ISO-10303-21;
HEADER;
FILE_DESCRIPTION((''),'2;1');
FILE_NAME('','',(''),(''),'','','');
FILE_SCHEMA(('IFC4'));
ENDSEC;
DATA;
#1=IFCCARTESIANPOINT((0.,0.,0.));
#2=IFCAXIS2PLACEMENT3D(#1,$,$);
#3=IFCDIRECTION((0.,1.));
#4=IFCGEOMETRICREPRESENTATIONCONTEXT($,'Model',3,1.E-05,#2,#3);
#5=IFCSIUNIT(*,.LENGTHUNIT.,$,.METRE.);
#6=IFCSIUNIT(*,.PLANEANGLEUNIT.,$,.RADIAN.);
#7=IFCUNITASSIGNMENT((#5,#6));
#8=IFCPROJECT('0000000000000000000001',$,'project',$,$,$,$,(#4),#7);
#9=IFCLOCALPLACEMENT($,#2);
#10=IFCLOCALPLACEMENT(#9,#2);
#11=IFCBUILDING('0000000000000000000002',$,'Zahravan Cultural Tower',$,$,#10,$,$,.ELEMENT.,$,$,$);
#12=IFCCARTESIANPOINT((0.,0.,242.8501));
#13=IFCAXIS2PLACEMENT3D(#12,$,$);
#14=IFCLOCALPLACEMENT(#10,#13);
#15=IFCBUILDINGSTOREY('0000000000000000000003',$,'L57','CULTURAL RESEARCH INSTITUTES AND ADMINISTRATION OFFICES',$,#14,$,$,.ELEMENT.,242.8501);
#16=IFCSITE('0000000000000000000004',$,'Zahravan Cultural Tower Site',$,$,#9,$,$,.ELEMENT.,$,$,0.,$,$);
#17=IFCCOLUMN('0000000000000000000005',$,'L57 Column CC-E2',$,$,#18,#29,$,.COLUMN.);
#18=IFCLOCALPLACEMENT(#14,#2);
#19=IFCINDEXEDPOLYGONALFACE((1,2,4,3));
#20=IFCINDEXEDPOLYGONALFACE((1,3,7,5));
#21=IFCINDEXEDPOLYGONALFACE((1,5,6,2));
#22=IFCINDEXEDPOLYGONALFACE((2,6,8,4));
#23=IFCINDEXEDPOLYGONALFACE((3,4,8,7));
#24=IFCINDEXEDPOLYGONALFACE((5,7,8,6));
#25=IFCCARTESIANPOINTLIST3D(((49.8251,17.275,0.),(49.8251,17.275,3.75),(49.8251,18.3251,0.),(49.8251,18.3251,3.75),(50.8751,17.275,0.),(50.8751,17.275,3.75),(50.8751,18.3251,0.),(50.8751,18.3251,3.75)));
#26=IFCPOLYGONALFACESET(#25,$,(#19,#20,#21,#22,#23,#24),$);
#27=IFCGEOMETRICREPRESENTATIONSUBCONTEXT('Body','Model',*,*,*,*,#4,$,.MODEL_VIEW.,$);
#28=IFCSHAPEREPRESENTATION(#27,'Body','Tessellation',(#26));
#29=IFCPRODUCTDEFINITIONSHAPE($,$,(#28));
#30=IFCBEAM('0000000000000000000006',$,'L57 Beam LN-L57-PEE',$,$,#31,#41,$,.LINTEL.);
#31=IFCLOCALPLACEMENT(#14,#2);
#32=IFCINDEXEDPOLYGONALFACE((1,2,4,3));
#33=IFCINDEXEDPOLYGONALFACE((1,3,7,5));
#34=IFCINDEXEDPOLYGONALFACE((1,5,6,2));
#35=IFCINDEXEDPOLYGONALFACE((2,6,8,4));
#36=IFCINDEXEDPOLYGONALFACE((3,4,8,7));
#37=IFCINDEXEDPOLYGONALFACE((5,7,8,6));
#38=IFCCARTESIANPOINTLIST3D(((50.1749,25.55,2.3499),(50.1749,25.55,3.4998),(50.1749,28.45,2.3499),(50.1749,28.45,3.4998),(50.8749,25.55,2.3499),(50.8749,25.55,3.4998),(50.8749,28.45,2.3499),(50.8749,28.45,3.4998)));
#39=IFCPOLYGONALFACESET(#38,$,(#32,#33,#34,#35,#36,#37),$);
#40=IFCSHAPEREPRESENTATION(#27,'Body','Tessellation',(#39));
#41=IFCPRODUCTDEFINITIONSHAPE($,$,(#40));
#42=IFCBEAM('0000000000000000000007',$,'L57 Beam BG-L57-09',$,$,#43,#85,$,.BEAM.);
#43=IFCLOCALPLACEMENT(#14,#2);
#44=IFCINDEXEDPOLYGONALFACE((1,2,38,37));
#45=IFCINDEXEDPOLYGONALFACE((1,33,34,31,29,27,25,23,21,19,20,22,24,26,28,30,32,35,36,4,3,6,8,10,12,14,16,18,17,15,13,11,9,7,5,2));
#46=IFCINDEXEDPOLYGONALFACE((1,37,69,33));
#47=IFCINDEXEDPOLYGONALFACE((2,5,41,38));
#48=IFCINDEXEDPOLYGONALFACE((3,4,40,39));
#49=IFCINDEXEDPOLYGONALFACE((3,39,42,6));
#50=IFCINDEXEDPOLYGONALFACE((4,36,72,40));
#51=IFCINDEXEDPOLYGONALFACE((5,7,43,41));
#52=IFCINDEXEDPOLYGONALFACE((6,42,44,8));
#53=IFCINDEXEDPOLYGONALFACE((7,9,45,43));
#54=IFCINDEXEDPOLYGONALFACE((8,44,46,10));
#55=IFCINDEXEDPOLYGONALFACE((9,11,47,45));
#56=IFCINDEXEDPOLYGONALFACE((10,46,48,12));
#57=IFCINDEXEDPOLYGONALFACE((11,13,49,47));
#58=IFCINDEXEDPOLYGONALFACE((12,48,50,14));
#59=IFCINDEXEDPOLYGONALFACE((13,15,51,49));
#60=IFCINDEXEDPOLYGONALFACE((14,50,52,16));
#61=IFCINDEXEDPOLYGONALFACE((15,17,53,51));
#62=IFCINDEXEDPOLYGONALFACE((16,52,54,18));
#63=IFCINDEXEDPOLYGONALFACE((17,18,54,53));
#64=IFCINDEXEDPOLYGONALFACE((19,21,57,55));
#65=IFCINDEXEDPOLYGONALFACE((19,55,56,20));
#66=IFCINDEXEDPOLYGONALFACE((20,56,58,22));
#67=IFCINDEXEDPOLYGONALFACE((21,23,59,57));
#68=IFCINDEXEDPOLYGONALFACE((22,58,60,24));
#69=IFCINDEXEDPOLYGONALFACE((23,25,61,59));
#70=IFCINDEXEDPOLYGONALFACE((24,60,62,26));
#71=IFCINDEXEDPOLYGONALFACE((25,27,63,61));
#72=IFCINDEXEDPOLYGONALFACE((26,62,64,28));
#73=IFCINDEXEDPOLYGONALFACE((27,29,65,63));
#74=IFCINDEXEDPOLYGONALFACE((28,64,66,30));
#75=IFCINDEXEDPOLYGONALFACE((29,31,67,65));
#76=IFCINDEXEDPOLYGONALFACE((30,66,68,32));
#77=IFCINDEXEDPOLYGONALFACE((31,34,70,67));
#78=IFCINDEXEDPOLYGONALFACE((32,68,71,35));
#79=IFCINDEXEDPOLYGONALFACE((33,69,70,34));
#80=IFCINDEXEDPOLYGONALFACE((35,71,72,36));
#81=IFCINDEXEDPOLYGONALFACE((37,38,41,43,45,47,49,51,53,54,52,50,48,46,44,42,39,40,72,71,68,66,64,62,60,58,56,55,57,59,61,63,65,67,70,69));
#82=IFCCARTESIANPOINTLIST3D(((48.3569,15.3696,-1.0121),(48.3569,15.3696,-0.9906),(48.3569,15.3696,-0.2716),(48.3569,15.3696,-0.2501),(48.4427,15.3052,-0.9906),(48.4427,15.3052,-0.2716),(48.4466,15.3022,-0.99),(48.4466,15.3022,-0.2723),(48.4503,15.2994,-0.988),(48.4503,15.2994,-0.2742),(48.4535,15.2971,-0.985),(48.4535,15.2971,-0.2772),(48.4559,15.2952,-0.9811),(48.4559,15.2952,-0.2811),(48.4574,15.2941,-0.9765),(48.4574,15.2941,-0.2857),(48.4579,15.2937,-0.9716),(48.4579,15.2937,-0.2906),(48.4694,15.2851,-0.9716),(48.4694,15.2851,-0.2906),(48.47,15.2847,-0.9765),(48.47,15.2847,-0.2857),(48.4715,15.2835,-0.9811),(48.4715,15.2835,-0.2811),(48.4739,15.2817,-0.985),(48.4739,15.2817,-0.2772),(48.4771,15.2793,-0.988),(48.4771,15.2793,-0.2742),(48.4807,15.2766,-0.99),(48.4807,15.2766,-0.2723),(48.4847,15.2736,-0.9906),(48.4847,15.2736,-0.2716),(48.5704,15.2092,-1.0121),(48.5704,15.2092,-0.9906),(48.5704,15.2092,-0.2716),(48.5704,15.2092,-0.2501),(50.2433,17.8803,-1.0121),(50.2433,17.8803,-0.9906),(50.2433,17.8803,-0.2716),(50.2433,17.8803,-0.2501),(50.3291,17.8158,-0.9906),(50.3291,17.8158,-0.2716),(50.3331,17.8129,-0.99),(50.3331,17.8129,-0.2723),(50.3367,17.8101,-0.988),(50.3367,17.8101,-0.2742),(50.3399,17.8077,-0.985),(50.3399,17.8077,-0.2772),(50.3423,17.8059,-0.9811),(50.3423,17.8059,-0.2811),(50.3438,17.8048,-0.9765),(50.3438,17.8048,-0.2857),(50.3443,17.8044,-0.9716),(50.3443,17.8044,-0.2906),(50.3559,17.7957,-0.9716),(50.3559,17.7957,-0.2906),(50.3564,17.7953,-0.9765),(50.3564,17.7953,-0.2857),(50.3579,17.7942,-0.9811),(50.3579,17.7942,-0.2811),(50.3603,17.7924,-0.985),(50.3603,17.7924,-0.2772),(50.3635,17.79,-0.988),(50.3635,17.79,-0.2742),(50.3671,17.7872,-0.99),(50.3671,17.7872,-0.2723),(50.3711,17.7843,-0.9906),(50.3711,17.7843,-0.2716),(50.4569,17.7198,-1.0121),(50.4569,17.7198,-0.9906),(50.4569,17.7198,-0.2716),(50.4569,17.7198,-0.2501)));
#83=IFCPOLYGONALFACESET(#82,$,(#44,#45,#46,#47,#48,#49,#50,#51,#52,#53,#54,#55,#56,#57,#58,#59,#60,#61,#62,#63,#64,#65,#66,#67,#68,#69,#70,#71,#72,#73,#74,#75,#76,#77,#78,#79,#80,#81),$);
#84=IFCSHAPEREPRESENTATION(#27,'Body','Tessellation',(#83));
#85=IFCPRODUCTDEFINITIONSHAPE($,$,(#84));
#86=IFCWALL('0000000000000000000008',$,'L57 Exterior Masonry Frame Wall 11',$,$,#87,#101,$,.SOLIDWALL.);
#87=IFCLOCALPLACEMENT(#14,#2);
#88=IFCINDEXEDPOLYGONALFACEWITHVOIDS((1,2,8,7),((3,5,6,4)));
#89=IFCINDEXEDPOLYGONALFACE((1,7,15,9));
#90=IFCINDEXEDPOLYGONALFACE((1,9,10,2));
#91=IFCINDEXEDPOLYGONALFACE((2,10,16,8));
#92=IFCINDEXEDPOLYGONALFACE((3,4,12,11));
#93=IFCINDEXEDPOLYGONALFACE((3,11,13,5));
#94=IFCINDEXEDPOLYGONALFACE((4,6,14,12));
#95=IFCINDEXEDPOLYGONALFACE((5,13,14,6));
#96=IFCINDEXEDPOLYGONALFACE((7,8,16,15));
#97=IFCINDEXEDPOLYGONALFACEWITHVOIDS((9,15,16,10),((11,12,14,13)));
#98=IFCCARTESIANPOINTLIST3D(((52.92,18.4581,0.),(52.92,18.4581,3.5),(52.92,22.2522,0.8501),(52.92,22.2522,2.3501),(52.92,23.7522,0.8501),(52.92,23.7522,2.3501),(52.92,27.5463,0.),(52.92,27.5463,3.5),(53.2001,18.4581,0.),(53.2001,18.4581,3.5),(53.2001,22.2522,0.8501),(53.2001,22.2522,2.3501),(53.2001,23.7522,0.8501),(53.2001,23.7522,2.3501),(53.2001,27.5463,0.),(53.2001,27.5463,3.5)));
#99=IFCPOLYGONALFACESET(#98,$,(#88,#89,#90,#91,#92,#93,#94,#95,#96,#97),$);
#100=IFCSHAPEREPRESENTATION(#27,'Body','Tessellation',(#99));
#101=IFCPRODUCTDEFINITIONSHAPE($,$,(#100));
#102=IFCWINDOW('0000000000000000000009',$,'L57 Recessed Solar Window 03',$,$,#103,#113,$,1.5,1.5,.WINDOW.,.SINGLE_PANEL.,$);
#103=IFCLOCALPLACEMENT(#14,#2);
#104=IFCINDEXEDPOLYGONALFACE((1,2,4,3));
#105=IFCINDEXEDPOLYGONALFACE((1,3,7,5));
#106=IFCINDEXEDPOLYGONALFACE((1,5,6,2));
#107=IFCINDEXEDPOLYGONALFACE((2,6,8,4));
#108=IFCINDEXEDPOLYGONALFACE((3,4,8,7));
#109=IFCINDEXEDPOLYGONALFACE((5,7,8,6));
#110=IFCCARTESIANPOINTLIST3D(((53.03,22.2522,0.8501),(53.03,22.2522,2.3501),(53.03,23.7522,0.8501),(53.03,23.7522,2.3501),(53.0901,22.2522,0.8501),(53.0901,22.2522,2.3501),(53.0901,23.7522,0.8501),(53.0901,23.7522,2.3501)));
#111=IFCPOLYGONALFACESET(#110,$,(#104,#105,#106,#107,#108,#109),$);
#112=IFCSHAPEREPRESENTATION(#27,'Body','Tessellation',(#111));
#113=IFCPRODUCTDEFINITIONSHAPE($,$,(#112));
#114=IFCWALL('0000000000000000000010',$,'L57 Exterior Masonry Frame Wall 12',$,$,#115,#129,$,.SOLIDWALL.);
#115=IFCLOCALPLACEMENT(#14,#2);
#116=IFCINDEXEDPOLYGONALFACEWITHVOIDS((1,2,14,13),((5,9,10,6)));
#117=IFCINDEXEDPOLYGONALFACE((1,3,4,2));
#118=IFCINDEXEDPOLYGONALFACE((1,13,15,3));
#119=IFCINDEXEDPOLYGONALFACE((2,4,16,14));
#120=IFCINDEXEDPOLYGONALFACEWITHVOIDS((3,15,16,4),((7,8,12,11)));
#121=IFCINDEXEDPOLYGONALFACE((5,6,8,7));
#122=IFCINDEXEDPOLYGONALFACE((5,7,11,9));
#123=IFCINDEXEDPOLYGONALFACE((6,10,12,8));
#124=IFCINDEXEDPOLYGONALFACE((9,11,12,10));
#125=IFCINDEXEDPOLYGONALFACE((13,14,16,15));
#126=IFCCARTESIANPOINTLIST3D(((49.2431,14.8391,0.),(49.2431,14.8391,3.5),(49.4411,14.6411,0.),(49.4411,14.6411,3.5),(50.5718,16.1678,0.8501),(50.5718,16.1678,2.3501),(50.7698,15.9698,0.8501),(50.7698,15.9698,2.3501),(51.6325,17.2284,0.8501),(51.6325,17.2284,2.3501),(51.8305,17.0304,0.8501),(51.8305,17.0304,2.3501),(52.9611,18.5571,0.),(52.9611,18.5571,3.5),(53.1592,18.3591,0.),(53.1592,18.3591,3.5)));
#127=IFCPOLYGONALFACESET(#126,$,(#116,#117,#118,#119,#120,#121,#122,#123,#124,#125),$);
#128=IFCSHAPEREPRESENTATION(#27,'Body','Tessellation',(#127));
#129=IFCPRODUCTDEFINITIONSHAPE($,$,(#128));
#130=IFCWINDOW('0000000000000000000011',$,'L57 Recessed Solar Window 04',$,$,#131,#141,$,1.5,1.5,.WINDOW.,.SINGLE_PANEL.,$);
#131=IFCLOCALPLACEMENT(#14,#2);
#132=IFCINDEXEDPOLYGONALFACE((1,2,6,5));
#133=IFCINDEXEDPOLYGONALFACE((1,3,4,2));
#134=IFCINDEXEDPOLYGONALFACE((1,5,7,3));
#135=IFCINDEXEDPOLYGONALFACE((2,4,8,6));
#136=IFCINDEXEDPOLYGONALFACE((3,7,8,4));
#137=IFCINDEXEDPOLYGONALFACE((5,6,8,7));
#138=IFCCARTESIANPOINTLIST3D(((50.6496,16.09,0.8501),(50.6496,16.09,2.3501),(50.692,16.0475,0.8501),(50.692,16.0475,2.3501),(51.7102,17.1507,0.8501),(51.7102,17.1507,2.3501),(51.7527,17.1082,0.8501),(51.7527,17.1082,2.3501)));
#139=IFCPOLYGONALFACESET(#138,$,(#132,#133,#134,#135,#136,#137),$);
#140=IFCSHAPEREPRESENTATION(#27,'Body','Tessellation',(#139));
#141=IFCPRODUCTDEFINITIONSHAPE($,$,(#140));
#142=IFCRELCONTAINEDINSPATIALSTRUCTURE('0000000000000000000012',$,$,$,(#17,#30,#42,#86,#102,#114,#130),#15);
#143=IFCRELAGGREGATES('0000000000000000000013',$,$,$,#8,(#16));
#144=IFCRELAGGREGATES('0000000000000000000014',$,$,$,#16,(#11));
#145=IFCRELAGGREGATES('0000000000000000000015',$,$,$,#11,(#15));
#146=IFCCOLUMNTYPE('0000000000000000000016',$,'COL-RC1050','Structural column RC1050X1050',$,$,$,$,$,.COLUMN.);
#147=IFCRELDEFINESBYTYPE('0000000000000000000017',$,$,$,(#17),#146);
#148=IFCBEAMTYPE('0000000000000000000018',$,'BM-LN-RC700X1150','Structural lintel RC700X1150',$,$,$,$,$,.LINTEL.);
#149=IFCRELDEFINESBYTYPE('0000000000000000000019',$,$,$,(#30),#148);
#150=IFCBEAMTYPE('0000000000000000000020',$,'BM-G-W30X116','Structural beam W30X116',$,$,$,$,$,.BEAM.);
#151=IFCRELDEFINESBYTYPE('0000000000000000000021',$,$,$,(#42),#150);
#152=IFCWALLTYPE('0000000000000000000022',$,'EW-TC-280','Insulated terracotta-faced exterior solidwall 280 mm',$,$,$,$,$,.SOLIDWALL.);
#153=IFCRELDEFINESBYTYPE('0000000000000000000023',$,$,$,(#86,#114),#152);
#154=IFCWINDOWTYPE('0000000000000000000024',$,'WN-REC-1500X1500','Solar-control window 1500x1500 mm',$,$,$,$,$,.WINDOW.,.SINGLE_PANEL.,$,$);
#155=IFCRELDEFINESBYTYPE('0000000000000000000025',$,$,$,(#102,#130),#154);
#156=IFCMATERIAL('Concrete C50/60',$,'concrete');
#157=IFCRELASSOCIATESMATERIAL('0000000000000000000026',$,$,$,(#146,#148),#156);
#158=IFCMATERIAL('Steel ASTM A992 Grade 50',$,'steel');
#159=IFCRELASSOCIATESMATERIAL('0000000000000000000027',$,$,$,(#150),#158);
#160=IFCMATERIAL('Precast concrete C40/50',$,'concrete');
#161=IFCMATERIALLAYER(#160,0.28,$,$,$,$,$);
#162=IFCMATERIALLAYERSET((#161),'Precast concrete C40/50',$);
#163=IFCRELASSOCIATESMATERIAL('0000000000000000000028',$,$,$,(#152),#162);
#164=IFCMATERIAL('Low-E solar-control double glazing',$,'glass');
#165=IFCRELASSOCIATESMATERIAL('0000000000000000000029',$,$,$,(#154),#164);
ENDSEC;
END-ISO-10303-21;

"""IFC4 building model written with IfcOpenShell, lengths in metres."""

from ifc_helpers import new_model, si_unit, direction, frame, frame_2d, origin, origin_2d, place, context, subcontext, project, spatial, rectangle, i_section, extrude, source, transform, mapped, material, layer, layer_set, material_profile, profile_set, type_object, element, fill, save


model = new_model("IFC4")

# Units and contexts
model_context = context("Model", 3, precision=1e-05, world=origin(), true_north=direction((0.0, 1.0)))
body_context = subcontext(model_context, "Body", "Model", "MODEL_VIEW")
ifc_project = project(units=[si_unit("LENGTHUNIT", "METRE"), si_unit("PLANEANGLEUNIT", "RADIAN")], contexts=[model_context])

# Site, building, storey
site_placement = place(None, origin())
site = spatial("IfcSite", under=ifc_project, at=site_placement, Name="Zahravan Cultural Tower Site", CompositionType="ELEMENT", RefElevation=0.0)
building_placement = place(site_placement, origin())
building = spatial("IfcBuilding", under=site, at=building_placement, Name="Zahravan Cultural Tower", CompositionType="ELEMENT")
storey_placement = place(building_placement, frame((0.0, 0.0, 242.8501)))
storey = spatial("IfcBuildingStorey", under=building, at=storey_placement, Name="L57", Description="CULTURAL RESEARCH INSTITUTES AND ADMINISTRATION OFFICES", CompositionType="ELEMENT", Elevation=242.8501)

# Column
ifc_material_1 = material(Name="Concrete C50/60", Category="concrete")
ifc_material_profile_1 = material_profile(ifc_material_1, rectangle(XDim=1.05, YDim=1.05, at=origin_2d()), Name="RC1050X1050")
ifc_profile_set_1 = profile_set([ifc_material_profile_1], Name="Concrete C50/60")
column_type = type_object("IfcColumnType", Name="COL-RC1050", Description="Structural column RC1050X1050", PredefinedType="COLUMN", material=ifc_profile_set_1)
shared_shape_1 = source(origin(), body_context, "Body", "SweptSolid", [
    extrude(rectangle(XDim=1.05, YDim=1.05, at=origin_2d()), origin(), (0.0, 0.0, 1.0), 3.75),
])
column_placement = place(storey_placement, frame((50.3501, 17.8, 0.0), z_axis=(0.0, 0.0, 1.0), x_axis=(1.0, 0.0, 0.0)))
element("IfcColumn", 1, at=column_placement, inside=storey, type_object=column_type, Name="L57 Column CC-E2", PredefinedType="COLUMN", context=body_context, shape_type="MappedRepresentation", body=[
    mapped(shared_shape_1, transform((0.0, 0.0, 0.0), x_axis=(1.0, 0.0, 0.0), y_axis=(0.0, 1.0, 0.0), z_axis=(0.0, 0.0, 1.0), scale=1.0)),
])

# Beams
ifc_material_profile_2 = material_profile(ifc_material_1, rectangle(XDim=0.7, YDim=1.1499, at=origin_2d()), Name="RC700X1150")
ifc_profile_set_2 = profile_set([ifc_material_profile_2], Name="Concrete C50/60")
beam_type_1 = type_object("IfcBeamType", Name="BM-LN-RC700X1150", Description="Structural lintel RC700X1150", PredefinedType="LINTEL", material=ifc_profile_set_2)
shared_shape_2 = source(origin(), body_context, "Body", "SweptSolid", [
    extrude(rectangle(XDim=0.7, YDim=1.1499, at=origin_2d()), origin(), (0.0, 0.0, 1.0), 2.8999),
])
beam_1_placement = place(storey_placement, frame((50.5249, 25.55, 2.9248), z_axis=(0.0, 1.0, 0.0), x_axis=(-1.0, 0.0, 0.0)))
element("IfcBeam", 2, at=beam_1_placement, inside=storey, type_object=beam_type_1, Name="L57 Beam LN-L57-PEE", PredefinedType="LINTEL", context=body_context, shape_type="MappedRepresentation", body=[
    mapped(shared_shape_2, transform((0.0, 0.0, 0.0), x_axis=(1.0, 0.0, 0.0), y_axis=(0.0, 1.0, 0.0), z_axis=(0.0, 0.0, 1.0), scale=1.0)),
])
ifc_material_2 = material(Name="Steel ASTM A992 Grade 50", Category="steel")
ifc_material_profile_3 = material_profile(ifc_material_2, i_section(OverallWidth=0.2671, OverallDepth=0.762, WebThickness=0.0144, FlangeThickness=0.0215, FilletRadius=0.019, at=origin_2d()), Name="W30X116")
ifc_profile_set_3 = profile_set([ifc_material_profile_3], Name="Steel ASTM A992 Grade 50")
beam_type_2 = type_object("IfcBeamType", Name="BM-G-W30X116", Description="Structural beam W30X116", PredefinedType="BEAM", material=ifc_profile_set_3)
shared_shape_3 = source(origin(), body_context, "Body", "SweptSolid", [
    extrude(i_section(OverallWidth=0.2671, OverallDepth=0.762, WebThickness=0.0144, FlangeThickness=0.0215, FilletRadius=0.019, at=origin_2d()), origin(), (0.0, 0.0, 1.0), 3.1404),
])
beam_2_placement = place(storey_placement, frame((50.3501, 17.8, -0.6311), z_axis=(-0.600696, -0.799477, 0.0), x_axis=(0.799477, -0.600696, 0.0)))
element("IfcBeam", 3, at=beam_2_placement, inside=storey, type_object=beam_type_2, Name="L57 Beam BG-L57-09", PredefinedType="BEAM", context=body_context, shape_type="MappedRepresentation", body=[
    mapped(shared_shape_3, transform((0.0, 0.0, 0.0), x_axis=(1.0, 0.0, 0.0), y_axis=(0.0, 1.0, 0.0), z_axis=(0.0, 0.0, 1.0), scale=1.0)),
])

# Walls, openings, windows
ifc_material_3 = material(Name="Precast concrete C40/50", Category="concrete")
ifc_layer_1 = layer(ifc_material_3, 0.28)
ifc_layer_set_1 = layer_set([ifc_layer_1], Name="Precast concrete C40/50")
wall_type_1 = type_object("IfcWallType", Name="EW-TC-280", Description="Insulated terracotta-faced exterior solidwall 280 mm", PredefinedType="SOLIDWALL", material=ifc_layer_set_1)
wall_1_placement = place(storey_placement, frame((53.0601, 27.5461, 0.0), z_axis=(0.0, 0.0, 1.0), x_axis=(0.0, -1.0, 0.0)))
wall_1 = element("IfcWall", 4, at=wall_1_placement, inside=storey, type_object=wall_type_1, Name="L57 Exterior Masonry Frame Wall 11", PredefinedType="SOLIDWALL", context=body_context, shape_type="SweptSolid", body=[
    extrude(rectangle(XDim=9.0881, YDim=0.28, at=frame_2d((4.5439, 0.0))), origin(), (0.0, 0.0, 1.0), 3.5),
])
opening_1_placement = place(wall_1_placement, frame((3.7939, 0.0, 0.8501)))
opening_1 = element("IfcOpeningElement", 5, at=opening_1_placement, cuts=wall_1, PredefinedType="OPENING", context=body_context, shape_type="SweptSolid", body=[
    extrude(rectangle(XDim=1.5, YDim=1.5, at=frame_2d((0.75, 0.75))), frame((0.0, 0.1499, 0.0), z_axis=(0.0, -1.0, 0.0), x_axis=(1.0, 0.0, 0.0)), (0.0, 0.0, 1.0), 0.3),
])
ifc_material_4 = material(Name="Low-E solar-control double glazing", Category="glass")
window_type = type_object("IfcWindowType", Name="WN-REC-1500X1500", Description="Solar-control window 1500x1500 mm", PartitioningType="SINGLE_PANEL", PredefinedType="WINDOW", material=ifc_material_4)
shared_shape_4 = source(origin(), body_context, "Body", "SweptSolid", [
    extrude(rectangle(XDim=1.5, YDim=1.5, at=frame_2d((0.75, 0.75))), frame((0.0, 0.03, 0.0), z_axis=(0.0, -1.0, 0.0), x_axis=(1.0, 0.0, 0.0)), (0.0, 0.0, 1.0), 0.0601),
])
window_1_placement = place(opening_1_placement, origin())
window_1 = element("IfcWindow", 6, at=window_1_placement, inside=storey, type_object=window_type, Name="L57 Recessed Solar Window 03", OverallHeight=1.5, OverallWidth=1.5, PartitioningType="SINGLE_PANEL", PredefinedType="WINDOW", context=body_context, shape_type="MappedRepresentation", body=[
    mapped(shared_shape_4, transform((0.0, 0.0, 0.0), x_axis=(1.0, 0.0, 0.0), y_axis=(0.0, 1.0, 0.0), z_axis=(0.0, 0.0, 1.0), scale=1.0)),
])
fill(opening_1, window_1)
wall_2_placement = place(storey_placement, frame((53.0601, 18.458, 0.0), z_axis=(0.0, 0.0, 1.0), x_axis=(-0.707107, -0.707107, 0.0)))
wall_2 = element("IfcWall", 7, at=wall_2_placement, inside=storey, type_object=wall_type_1, Name="L57 Exterior Masonry Frame Wall 12", PredefinedType="SOLIDWALL", context=body_context, shape_type="SweptSolid", body=[
    extrude(rectangle(XDim=5.2581, YDim=0.28, at=frame_2d((2.6289, 0.0))), origin(), (0.0, 0.0, 1.0), 3.5),
])
opening_2_placement = place(wall_2_placement, frame((1.8789, 0.0, 0.8501)))
opening_2 = element("IfcOpeningElement", 8, at=opening_2_placement, cuts=wall_2, PredefinedType="OPENING", context=body_context, shape_type="SweptSolid", body=[
    extrude(rectangle(XDim=1.5, YDim=1.5, at=frame_2d((0.75, 0.75))), frame((0.0, 0.1499, 0.0), z_axis=(0.0, -1.0, 0.0), x_axis=(1.0, 0.0, 0.0)), (0.0, 0.0, 1.0), 0.3),
])
window_2_placement = place(opening_2_placement, origin())
window_2 = element("IfcWindow", 9, at=window_2_placement, inside=storey, type_object=window_type, Name="L57 Recessed Solar Window 04", OverallHeight=1.5, OverallWidth=1.5, PartitioningType="SINGLE_PANEL", PredefinedType="WINDOW", context=body_context, shape_type="MappedRepresentation", body=[
    mapped(shared_shape_4, transform((0.0, 0.0, 0.0), x_axis=(1.0, 0.0, 0.0), y_axis=(0.0, 1.0, 0.0), z_axis=(0.0, 0.0, 1.0), scale=1.0)),
])
fill(opening_2, window_2)

save(model, "model.ifc")
